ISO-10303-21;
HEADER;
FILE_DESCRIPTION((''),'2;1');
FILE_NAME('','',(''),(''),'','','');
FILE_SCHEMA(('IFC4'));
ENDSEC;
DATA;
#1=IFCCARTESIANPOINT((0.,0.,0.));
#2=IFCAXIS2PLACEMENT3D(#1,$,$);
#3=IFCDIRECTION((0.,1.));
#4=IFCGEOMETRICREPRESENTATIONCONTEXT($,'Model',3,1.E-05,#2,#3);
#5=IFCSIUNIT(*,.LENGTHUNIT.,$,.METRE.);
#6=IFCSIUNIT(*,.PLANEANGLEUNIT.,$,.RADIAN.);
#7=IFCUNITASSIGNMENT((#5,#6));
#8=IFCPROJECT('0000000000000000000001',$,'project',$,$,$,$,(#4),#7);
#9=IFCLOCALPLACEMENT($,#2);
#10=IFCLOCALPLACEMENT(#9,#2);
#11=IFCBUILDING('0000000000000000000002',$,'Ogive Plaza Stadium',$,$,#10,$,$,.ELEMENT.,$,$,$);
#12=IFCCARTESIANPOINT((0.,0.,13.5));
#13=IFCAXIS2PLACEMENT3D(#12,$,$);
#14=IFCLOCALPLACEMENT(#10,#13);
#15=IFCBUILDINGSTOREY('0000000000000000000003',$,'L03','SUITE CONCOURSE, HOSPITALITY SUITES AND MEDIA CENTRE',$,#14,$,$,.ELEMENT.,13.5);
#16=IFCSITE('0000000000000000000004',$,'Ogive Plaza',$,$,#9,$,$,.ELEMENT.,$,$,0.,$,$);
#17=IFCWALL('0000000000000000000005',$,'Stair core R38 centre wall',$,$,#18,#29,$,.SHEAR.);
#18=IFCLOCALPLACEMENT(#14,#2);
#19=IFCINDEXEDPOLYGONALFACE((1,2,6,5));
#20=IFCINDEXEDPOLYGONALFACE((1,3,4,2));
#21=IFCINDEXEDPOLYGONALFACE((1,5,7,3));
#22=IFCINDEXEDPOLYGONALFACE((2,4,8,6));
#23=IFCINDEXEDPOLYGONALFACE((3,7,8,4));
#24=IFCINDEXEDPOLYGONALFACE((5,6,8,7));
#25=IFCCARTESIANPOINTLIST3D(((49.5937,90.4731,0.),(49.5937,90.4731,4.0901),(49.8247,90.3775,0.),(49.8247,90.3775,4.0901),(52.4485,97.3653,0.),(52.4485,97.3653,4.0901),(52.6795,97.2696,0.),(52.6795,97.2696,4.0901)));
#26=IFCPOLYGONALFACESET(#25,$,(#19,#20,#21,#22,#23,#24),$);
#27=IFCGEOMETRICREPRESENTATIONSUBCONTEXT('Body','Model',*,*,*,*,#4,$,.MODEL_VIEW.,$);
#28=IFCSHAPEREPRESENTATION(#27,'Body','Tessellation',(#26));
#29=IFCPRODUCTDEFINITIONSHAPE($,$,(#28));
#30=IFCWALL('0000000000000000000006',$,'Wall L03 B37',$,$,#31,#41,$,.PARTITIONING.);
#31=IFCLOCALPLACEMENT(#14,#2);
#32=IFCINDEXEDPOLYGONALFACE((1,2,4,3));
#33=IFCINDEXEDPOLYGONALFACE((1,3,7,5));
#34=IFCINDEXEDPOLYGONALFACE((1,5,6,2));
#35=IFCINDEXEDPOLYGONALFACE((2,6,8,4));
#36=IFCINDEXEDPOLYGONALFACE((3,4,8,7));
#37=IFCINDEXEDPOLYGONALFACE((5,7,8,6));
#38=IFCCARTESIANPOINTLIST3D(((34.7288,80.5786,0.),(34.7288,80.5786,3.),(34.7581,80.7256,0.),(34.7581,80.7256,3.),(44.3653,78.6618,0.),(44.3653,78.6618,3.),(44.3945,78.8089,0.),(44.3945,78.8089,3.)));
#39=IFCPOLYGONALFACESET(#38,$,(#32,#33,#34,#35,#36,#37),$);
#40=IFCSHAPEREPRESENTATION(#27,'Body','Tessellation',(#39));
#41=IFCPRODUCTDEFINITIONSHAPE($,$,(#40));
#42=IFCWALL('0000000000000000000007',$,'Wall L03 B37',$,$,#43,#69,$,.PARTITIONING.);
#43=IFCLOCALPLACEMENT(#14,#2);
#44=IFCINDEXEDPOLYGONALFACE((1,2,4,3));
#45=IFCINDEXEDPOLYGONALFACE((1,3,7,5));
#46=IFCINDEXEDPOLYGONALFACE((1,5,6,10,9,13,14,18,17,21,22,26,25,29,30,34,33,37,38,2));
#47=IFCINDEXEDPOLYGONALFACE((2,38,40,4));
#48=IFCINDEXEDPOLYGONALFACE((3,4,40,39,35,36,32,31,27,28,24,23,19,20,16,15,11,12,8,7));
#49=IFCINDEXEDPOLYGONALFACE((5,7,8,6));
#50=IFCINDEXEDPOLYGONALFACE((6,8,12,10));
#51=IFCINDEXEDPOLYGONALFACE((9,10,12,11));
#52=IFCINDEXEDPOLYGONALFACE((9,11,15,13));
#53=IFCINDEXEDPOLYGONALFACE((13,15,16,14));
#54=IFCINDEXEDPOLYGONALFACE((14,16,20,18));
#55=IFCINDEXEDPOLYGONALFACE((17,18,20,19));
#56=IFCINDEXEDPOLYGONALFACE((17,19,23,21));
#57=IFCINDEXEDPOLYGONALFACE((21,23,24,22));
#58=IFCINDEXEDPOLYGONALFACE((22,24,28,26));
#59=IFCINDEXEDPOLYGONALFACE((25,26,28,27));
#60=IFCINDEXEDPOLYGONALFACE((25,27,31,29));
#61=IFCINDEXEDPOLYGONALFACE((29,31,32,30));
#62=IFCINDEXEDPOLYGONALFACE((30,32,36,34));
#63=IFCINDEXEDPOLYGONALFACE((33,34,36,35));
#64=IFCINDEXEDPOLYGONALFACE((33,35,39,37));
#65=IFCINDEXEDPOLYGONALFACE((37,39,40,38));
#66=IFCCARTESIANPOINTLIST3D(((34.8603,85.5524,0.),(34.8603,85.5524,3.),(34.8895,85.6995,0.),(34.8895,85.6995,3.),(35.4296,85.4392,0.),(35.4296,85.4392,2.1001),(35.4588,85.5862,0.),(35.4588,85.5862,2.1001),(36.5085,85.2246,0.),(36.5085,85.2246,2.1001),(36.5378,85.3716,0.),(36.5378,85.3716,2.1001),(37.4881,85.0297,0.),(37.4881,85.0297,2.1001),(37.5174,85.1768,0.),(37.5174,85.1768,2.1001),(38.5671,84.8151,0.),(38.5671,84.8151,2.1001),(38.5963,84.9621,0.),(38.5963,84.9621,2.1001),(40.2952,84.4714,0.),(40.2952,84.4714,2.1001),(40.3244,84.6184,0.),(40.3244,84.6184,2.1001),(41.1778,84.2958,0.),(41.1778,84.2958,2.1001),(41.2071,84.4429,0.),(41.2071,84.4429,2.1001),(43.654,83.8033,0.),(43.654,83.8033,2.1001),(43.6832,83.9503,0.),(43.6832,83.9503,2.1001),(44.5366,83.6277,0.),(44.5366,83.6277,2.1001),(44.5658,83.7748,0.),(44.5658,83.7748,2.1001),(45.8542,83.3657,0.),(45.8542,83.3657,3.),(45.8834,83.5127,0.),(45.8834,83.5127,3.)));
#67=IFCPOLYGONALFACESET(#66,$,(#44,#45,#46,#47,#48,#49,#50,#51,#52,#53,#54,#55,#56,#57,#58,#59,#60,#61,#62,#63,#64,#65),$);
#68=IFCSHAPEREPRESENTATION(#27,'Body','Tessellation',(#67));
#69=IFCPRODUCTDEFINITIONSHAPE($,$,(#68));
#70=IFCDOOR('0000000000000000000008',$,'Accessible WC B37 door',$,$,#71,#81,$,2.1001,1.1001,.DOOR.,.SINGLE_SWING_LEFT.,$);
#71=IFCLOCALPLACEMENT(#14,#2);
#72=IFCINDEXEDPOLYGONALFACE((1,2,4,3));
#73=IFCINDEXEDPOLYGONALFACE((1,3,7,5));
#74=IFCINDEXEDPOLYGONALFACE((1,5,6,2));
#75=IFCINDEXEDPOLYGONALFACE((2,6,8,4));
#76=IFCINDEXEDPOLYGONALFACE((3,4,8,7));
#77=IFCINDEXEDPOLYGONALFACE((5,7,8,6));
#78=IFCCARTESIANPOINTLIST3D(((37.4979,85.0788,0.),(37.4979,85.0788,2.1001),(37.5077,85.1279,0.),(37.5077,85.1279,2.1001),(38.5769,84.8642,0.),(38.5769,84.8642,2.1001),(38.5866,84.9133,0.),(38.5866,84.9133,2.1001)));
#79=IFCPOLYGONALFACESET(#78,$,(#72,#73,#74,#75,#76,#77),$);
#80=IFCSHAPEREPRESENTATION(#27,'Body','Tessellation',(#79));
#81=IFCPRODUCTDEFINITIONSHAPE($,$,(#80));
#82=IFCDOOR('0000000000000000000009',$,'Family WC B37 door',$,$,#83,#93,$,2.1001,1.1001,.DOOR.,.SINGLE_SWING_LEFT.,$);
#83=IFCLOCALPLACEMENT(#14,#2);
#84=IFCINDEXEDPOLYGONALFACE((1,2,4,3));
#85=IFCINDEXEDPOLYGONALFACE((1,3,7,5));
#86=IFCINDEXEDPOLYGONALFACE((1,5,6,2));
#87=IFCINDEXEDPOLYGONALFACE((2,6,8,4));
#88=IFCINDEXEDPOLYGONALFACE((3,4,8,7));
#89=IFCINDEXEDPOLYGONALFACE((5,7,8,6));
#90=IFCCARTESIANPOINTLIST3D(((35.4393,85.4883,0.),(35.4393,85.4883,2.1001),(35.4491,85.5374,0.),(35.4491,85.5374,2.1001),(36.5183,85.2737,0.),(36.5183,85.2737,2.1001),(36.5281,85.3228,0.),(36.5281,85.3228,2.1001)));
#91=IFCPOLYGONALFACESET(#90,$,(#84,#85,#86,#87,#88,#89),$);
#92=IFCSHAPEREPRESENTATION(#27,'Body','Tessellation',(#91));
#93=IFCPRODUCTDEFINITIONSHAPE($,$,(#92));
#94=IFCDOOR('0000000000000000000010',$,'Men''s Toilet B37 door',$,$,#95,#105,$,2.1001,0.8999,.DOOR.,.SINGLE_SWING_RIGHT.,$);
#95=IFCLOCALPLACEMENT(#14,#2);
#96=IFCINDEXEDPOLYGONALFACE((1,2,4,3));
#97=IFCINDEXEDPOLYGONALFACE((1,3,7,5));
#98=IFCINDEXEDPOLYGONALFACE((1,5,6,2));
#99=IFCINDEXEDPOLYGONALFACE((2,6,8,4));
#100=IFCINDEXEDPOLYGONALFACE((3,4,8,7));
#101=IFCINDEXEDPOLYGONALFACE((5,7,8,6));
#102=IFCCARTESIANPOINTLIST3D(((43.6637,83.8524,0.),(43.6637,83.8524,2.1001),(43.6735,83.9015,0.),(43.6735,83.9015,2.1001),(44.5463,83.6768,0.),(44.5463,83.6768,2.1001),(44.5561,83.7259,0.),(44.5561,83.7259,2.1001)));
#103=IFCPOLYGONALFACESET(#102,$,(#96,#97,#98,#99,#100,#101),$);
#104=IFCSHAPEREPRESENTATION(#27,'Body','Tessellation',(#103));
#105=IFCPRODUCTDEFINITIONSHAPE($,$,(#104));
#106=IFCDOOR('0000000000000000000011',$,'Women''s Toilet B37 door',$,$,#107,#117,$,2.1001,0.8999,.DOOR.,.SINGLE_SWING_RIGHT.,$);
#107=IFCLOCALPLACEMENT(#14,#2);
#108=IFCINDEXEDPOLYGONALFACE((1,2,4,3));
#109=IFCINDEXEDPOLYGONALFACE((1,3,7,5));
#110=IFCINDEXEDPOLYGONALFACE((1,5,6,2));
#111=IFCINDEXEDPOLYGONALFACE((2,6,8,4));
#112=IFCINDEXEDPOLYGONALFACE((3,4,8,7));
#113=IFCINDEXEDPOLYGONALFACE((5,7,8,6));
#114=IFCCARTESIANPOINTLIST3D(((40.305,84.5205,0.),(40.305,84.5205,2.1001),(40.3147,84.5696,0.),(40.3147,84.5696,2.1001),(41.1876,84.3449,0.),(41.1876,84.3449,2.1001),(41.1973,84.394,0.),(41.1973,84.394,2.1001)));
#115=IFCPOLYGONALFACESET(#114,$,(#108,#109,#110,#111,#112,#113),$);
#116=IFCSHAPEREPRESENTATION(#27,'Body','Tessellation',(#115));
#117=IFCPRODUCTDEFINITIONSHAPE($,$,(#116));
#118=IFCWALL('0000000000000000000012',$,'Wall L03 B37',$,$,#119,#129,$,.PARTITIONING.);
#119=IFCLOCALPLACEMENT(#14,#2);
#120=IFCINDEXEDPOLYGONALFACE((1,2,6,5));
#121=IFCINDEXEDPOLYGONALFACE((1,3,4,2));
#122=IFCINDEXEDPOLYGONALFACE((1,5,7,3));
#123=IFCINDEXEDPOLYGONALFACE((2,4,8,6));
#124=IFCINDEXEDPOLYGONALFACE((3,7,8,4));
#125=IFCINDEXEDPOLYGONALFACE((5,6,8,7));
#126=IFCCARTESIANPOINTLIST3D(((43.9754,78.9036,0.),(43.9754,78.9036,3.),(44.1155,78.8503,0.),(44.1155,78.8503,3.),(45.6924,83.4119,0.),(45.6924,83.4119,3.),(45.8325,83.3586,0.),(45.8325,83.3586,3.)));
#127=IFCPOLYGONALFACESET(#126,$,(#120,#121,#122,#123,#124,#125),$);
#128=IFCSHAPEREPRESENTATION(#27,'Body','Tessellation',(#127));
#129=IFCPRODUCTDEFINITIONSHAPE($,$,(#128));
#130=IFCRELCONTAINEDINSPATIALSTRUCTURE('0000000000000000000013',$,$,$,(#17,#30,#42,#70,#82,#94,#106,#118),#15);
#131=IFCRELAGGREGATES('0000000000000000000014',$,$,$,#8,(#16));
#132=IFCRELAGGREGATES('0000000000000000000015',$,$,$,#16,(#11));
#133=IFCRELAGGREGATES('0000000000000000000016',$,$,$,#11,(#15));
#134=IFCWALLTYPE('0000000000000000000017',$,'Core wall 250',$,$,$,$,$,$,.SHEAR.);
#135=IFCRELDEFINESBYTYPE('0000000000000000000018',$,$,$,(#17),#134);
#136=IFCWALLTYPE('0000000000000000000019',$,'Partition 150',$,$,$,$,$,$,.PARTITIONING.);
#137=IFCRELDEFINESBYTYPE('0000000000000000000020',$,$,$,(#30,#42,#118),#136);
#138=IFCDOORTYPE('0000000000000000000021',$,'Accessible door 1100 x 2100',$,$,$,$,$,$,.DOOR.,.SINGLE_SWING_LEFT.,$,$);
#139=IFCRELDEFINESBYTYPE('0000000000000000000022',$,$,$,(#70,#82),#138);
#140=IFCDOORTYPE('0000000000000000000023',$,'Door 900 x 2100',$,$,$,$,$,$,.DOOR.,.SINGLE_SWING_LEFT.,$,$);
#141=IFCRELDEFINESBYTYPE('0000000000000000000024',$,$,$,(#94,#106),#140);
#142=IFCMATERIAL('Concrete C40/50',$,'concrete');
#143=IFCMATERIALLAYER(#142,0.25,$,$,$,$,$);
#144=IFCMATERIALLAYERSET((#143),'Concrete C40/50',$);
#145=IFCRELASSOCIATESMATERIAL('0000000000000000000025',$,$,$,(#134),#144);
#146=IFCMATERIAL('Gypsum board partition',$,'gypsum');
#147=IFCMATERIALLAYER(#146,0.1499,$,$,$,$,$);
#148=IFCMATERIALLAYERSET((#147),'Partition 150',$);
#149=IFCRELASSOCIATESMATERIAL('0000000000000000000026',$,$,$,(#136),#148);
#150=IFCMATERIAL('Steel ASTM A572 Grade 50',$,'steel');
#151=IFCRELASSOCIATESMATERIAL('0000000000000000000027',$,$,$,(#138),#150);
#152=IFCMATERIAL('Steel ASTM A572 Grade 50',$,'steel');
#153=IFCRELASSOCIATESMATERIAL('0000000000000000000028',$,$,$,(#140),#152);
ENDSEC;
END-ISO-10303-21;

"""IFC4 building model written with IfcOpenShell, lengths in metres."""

from ifc_helpers import new_model, si_unit, direction, frame, frame_2d, origin, place, context, subcontext, project, spatial, rectangle, extrude, material, layer, layer_set, type_object, element, fill, save


model = new_model("IFC4")

# Units and contexts
model_context = context("Model", 3, precision=1e-05, world=origin(), true_north=direction((0.0, 1.0)))
body_context = subcontext(model_context, "Body", "Model", "MODEL_VIEW")
ifc_project = project(units=[si_unit("LENGTHUNIT", "METRE"), si_unit("PLANEANGLEUNIT", "RADIAN")], contexts=[model_context])

# Site, building, storey
site_placement = place(None, origin())
site = spatial("IfcSite", under=ifc_project, at=site_placement, Name="Ogive Plaza", CompositionType="ELEMENT", RefElevation=0.0)
building_placement = place(site_placement, origin())
building = spatial("IfcBuilding", under=site, at=building_placement, Name="Ogive Plaza Stadium", CompositionType="ELEMENT")
storey_placement = place(building_placement, frame((0.0, 0.0, 13.5)))
storey = spatial("IfcBuildingStorey", under=building, at=storey_placement, Name="L03", Description="SUITE CONCOURSE, HOSPITALITY SUITES AND MEDIA CENTRE", CompositionType="ELEMENT", Elevation=13.5)

# Shared definitions
ifc_material_1 = material(Name="Concrete C40/50", Category="concrete")
ifc_layer_1 = layer(ifc_material_1, 0.25)
ifc_layer_set_1 = layer_set([ifc_layer_1], Name="Concrete C40/50")
wall_type_1 = type_object("IfcWallType", Name="Core wall 250", PredefinedType="SHEAR", material=ifc_layer_set_1)

# Walls
wall_1_placement = place(storey_placement, frame((49.7092, 90.4253, 0.0), z_axis=(0.0, 0.0, 1.0), x_axis=(0.382676, 0.923882, 0.0)))
element("IfcWall", 1, at=wall_1_placement, inside=storey, type_object=wall_type_1, Name="Stair core R38 centre wall", PredefinedType="SHEAR", context=body_context, shape_type="SweptSolid", body=[
    extrude(rectangle(XDim=7.46, YDim=0.25, at=frame_2d((3.73, 0.0))), origin(), (0.0, 0.0, 1.0), 4.0901),
])
ifc_material_2 = material(Name="Gypsum board partition", Category="gypsum")
ifc_layer_2 = layer(ifc_material_2, 0.1499)
ifc_layer_set_2 = layer_set([ifc_layer_2], Name="Partition 150")
wall_type_2 = type_object("IfcWallType", Name="Partition 150", PredefinedType="PARTITIONING", material=ifc_layer_set_2)
wall_2_placement = place(storey_placement, frame((44.3799, 78.7354, 0.0), z_axis=(0.0, 0.0, 1.0), x_axis=(-0.980787, 0.195084, 0.0)))
element("IfcWall", 2, at=wall_2_placement, inside=storey, type_object=wall_type_2, Name="Wall L03 B37", PredefinedType="PARTITIONING", context=body_context, shape_type="SweptSolid", body=[
    extrude(rectangle(XDim=9.8252, YDim=0.1499, at=frame_2d((4.9126, 0.0))), origin(), (0.0, 0.0, 1.0), 3.0),
])

# Wall, openings, doors
wall_3_placement = place(storey_placement, frame((45.8687, 83.4392, 0.0), z_axis=(0.0, 0.0, 1.0), x_axis=(-0.980786, 0.195086, 0.0)))
wall_3 = element("IfcWall", 3, at=wall_3_placement, inside=storey, type_object=wall_type_2, Name="Wall L03 B37", PredefinedType="PARTITIONING", context=body_context, shape_type="SweptSolid", body=[
    extrude(rectangle(XDim=11.2092, YDim=0.1499, at=frame_2d((5.6045, 0.0))), origin(), (0.0, 0.0, 1.0), 3.0),
])
opening_1_placement = place(wall_3_placement, frame((1.3433, 0.0, 0.0)))
opening_1 = element("IfcOpeningElement", 4, at=opening_1_placement, cuts=wall_3, PredefinedType="OPENING", context=body_context, shape_type="SweptSolid", body=[
    extrude(rectangle(XDim=0.8999, YDim=2.1001, at=frame_2d((0.45, 1.05))), frame((0.0, 0.075, 0.0), z_axis=(0.0, -1.0, 0.0), x_axis=(1.0, 0.0, 0.0)), (0.0, 0.0, 1.0), 0.1499),
])
opening_2_placement = place(wall_3_placement, frame((4.7678, 0.0, 0.0)))
opening_2 = element("IfcOpeningElement", 5, at=opening_2_placement, cuts=wall_3, PredefinedType="OPENING", context=body_context, shape_type="SweptSolid", body=[
    extrude(rectangle(XDim=0.8999, YDim=2.1001, at=frame_2d((0.45, 1.05))), frame((0.0, 0.075, 0.0), z_axis=(0.0, -1.0, 0.0), x_axis=(1.0, 0.0, 0.0)), (0.0, 0.0, 1.0), 0.1499),
])
opening_3_placement = place(wall_3_placement, frame((7.4297, 0.0, 0.0)))
opening_3 = element("IfcOpeningElement", 6, at=opening_3_placement, cuts=wall_3, PredefinedType="OPENING", context=body_context, shape_type="SweptSolid", body=[
    extrude(rectangle(XDim=1.1001, YDim=2.1001, at=frame_2d((0.55, 1.05))), frame((0.0, 0.075, 0.0), z_axis=(0.0, -1.0, 0.0), x_axis=(1.0, 0.0, 0.0)), (0.0, 0.0, 1.0), 0.1499),
])
opening_4_placement = place(wall_3_placement, frame((9.5286, 0.0, 0.0)))
opening_4 = element("IfcOpeningElement", 7, at=opening_4_placement, cuts=wall_3, PredefinedType="OPENING", context=body_context, shape_type="SweptSolid", body=[
    extrude(rectangle(XDim=1.1001, YDim=2.1001, at=frame_2d((0.55, 1.05))), frame((0.0, 0.075, 0.0), z_axis=(0.0, -1.0, 0.0), x_axis=(1.0, 0.0, 0.0)), (0.0, 0.0, 1.0), 0.1499),
])
ifc_material_3 = material(Name="Steel ASTM A572 Grade 50", Category="steel")
door_type_1 = type_object("IfcDoorType", Name="Accessible door 1100 x 2100", OperationType="SINGLE_SWING_LEFT", PredefinedType="DOOR", material=ifc_material_3)
door_1_placement = place(opening_3_placement, origin())
door_1 = element("IfcDoor", 8, at=door_1_placement, inside=storey, type_object=door_type_1, Name="Accessible WC B37 door", OperationType="SINGLE_SWING_LEFT", OverallHeight=2.1001, OverallWidth=1.1001, PredefinedType="DOOR", context=body_context, shape_type="SweptSolid", body=[
    extrude(rectangle(XDim=1.1001, YDim=2.1001, at=frame_2d((0.55, 1.05))), frame((0.0, 0.0249, 0.0), z_axis=(0.0, -1.0, 0.0), x_axis=(1.0, 0.0, 0.0)), (0.0, 0.0, 1.0), 0.05),
])
fill(opening_3, door_1)
door_2_placement = place(opening_4_placement, origin())
door_2 = element("IfcDoor", 9, at=door_2_placement, inside=storey, type_object=door_type_1, Name="Family WC B37 door", OperationType="SINGLE_SWING_LEFT", OverallHeight=2.1001, OverallWidth=1.1001, PredefinedType="DOOR", context=body_context, shape_type="SweptSolid", body=[
    extrude(rectangle(XDim=1.1001, YDim=2.1001, at=frame_2d((0.55, 1.05))), frame((0.0, 0.0249, 0.0), z_axis=(0.0, -1.0, 0.0), x_axis=(1.0, 0.0, 0.0)), (0.0, 0.0, 1.0), 0.05),
])
fill(opening_4, door_2)
ifc_material_4 = material(Name="Steel ASTM A572 Grade 50", Category="steel")
door_type_2 = type_object("IfcDoorType", Name="Door 900 x 2100", OperationType="SINGLE_SWING_LEFT", PredefinedType="DOOR", material=ifc_material_4)
door_3_placement = place(opening_1_placement, origin())
door_3 = element("IfcDoor", 10, at=door_3_placement, inside=storey, type_object=door_type_2, Name="Men's Toilet B37 door", OperationType="SINGLE_SWING_RIGHT", OverallHeight=2.1001, OverallWidth=0.8999, PredefinedType="DOOR", context=body_context, shape_type="SweptSolid", body=[
    extrude(rectangle(XDim=0.8999, YDim=2.1001, at=frame_2d((0.45, 1.05))), frame((0.0, 0.0249, 0.0), z_axis=(0.0, -1.0, 0.0), x_axis=(1.0, 0.0, 0.0)), (0.0, 0.0, 1.0), 0.05),
])
fill(opening_1, door_3)
door_4_placement = place(opening_2_placement, origin())
door_4 = element("IfcDoor", 11, at=door_4_placement, inside=storey, type_object=door_type_2, Name="Women's Toilet B37 door", OperationType="SINGLE_SWING_RIGHT", OverallHeight=2.1001, OverallWidth=0.8999, PredefinedType="DOOR", context=body_context, shape_type="SweptSolid", body=[
    extrude(rectangle(XDim=0.8999, YDim=2.1001, at=frame_2d((0.45, 1.05))), frame((0.0, 0.0249, 0.0), z_axis=(0.0, -1.0, 0.0), x_axis=(1.0, 0.0, 0.0)), (0.0, 0.0, 1.0), 0.05),
])
fill(opening_2, door_4)

# Wall
wall_4_placement = place(storey_placement, frame((44.0454, 78.877, 0.0), z_axis=(0.0, 0.0, 1.0), x_axis=(0.355922, 0.934516, 0.0)))
element("IfcWall", 12, at=wall_4_placement, inside=storey, type_object=wall_type_2, Name="Wall L03 B37", PredefinedType="PARTITIONING", context=body_context, shape_type="SweptSolid", body=[
    extrude(rectangle(XDim=4.8242, YDim=0.1499, at=frame_2d((2.4121, 0.0))), origin(), (0.0, 0.0, 1.0), 3.0),
])

save(model, "model.ifc")
